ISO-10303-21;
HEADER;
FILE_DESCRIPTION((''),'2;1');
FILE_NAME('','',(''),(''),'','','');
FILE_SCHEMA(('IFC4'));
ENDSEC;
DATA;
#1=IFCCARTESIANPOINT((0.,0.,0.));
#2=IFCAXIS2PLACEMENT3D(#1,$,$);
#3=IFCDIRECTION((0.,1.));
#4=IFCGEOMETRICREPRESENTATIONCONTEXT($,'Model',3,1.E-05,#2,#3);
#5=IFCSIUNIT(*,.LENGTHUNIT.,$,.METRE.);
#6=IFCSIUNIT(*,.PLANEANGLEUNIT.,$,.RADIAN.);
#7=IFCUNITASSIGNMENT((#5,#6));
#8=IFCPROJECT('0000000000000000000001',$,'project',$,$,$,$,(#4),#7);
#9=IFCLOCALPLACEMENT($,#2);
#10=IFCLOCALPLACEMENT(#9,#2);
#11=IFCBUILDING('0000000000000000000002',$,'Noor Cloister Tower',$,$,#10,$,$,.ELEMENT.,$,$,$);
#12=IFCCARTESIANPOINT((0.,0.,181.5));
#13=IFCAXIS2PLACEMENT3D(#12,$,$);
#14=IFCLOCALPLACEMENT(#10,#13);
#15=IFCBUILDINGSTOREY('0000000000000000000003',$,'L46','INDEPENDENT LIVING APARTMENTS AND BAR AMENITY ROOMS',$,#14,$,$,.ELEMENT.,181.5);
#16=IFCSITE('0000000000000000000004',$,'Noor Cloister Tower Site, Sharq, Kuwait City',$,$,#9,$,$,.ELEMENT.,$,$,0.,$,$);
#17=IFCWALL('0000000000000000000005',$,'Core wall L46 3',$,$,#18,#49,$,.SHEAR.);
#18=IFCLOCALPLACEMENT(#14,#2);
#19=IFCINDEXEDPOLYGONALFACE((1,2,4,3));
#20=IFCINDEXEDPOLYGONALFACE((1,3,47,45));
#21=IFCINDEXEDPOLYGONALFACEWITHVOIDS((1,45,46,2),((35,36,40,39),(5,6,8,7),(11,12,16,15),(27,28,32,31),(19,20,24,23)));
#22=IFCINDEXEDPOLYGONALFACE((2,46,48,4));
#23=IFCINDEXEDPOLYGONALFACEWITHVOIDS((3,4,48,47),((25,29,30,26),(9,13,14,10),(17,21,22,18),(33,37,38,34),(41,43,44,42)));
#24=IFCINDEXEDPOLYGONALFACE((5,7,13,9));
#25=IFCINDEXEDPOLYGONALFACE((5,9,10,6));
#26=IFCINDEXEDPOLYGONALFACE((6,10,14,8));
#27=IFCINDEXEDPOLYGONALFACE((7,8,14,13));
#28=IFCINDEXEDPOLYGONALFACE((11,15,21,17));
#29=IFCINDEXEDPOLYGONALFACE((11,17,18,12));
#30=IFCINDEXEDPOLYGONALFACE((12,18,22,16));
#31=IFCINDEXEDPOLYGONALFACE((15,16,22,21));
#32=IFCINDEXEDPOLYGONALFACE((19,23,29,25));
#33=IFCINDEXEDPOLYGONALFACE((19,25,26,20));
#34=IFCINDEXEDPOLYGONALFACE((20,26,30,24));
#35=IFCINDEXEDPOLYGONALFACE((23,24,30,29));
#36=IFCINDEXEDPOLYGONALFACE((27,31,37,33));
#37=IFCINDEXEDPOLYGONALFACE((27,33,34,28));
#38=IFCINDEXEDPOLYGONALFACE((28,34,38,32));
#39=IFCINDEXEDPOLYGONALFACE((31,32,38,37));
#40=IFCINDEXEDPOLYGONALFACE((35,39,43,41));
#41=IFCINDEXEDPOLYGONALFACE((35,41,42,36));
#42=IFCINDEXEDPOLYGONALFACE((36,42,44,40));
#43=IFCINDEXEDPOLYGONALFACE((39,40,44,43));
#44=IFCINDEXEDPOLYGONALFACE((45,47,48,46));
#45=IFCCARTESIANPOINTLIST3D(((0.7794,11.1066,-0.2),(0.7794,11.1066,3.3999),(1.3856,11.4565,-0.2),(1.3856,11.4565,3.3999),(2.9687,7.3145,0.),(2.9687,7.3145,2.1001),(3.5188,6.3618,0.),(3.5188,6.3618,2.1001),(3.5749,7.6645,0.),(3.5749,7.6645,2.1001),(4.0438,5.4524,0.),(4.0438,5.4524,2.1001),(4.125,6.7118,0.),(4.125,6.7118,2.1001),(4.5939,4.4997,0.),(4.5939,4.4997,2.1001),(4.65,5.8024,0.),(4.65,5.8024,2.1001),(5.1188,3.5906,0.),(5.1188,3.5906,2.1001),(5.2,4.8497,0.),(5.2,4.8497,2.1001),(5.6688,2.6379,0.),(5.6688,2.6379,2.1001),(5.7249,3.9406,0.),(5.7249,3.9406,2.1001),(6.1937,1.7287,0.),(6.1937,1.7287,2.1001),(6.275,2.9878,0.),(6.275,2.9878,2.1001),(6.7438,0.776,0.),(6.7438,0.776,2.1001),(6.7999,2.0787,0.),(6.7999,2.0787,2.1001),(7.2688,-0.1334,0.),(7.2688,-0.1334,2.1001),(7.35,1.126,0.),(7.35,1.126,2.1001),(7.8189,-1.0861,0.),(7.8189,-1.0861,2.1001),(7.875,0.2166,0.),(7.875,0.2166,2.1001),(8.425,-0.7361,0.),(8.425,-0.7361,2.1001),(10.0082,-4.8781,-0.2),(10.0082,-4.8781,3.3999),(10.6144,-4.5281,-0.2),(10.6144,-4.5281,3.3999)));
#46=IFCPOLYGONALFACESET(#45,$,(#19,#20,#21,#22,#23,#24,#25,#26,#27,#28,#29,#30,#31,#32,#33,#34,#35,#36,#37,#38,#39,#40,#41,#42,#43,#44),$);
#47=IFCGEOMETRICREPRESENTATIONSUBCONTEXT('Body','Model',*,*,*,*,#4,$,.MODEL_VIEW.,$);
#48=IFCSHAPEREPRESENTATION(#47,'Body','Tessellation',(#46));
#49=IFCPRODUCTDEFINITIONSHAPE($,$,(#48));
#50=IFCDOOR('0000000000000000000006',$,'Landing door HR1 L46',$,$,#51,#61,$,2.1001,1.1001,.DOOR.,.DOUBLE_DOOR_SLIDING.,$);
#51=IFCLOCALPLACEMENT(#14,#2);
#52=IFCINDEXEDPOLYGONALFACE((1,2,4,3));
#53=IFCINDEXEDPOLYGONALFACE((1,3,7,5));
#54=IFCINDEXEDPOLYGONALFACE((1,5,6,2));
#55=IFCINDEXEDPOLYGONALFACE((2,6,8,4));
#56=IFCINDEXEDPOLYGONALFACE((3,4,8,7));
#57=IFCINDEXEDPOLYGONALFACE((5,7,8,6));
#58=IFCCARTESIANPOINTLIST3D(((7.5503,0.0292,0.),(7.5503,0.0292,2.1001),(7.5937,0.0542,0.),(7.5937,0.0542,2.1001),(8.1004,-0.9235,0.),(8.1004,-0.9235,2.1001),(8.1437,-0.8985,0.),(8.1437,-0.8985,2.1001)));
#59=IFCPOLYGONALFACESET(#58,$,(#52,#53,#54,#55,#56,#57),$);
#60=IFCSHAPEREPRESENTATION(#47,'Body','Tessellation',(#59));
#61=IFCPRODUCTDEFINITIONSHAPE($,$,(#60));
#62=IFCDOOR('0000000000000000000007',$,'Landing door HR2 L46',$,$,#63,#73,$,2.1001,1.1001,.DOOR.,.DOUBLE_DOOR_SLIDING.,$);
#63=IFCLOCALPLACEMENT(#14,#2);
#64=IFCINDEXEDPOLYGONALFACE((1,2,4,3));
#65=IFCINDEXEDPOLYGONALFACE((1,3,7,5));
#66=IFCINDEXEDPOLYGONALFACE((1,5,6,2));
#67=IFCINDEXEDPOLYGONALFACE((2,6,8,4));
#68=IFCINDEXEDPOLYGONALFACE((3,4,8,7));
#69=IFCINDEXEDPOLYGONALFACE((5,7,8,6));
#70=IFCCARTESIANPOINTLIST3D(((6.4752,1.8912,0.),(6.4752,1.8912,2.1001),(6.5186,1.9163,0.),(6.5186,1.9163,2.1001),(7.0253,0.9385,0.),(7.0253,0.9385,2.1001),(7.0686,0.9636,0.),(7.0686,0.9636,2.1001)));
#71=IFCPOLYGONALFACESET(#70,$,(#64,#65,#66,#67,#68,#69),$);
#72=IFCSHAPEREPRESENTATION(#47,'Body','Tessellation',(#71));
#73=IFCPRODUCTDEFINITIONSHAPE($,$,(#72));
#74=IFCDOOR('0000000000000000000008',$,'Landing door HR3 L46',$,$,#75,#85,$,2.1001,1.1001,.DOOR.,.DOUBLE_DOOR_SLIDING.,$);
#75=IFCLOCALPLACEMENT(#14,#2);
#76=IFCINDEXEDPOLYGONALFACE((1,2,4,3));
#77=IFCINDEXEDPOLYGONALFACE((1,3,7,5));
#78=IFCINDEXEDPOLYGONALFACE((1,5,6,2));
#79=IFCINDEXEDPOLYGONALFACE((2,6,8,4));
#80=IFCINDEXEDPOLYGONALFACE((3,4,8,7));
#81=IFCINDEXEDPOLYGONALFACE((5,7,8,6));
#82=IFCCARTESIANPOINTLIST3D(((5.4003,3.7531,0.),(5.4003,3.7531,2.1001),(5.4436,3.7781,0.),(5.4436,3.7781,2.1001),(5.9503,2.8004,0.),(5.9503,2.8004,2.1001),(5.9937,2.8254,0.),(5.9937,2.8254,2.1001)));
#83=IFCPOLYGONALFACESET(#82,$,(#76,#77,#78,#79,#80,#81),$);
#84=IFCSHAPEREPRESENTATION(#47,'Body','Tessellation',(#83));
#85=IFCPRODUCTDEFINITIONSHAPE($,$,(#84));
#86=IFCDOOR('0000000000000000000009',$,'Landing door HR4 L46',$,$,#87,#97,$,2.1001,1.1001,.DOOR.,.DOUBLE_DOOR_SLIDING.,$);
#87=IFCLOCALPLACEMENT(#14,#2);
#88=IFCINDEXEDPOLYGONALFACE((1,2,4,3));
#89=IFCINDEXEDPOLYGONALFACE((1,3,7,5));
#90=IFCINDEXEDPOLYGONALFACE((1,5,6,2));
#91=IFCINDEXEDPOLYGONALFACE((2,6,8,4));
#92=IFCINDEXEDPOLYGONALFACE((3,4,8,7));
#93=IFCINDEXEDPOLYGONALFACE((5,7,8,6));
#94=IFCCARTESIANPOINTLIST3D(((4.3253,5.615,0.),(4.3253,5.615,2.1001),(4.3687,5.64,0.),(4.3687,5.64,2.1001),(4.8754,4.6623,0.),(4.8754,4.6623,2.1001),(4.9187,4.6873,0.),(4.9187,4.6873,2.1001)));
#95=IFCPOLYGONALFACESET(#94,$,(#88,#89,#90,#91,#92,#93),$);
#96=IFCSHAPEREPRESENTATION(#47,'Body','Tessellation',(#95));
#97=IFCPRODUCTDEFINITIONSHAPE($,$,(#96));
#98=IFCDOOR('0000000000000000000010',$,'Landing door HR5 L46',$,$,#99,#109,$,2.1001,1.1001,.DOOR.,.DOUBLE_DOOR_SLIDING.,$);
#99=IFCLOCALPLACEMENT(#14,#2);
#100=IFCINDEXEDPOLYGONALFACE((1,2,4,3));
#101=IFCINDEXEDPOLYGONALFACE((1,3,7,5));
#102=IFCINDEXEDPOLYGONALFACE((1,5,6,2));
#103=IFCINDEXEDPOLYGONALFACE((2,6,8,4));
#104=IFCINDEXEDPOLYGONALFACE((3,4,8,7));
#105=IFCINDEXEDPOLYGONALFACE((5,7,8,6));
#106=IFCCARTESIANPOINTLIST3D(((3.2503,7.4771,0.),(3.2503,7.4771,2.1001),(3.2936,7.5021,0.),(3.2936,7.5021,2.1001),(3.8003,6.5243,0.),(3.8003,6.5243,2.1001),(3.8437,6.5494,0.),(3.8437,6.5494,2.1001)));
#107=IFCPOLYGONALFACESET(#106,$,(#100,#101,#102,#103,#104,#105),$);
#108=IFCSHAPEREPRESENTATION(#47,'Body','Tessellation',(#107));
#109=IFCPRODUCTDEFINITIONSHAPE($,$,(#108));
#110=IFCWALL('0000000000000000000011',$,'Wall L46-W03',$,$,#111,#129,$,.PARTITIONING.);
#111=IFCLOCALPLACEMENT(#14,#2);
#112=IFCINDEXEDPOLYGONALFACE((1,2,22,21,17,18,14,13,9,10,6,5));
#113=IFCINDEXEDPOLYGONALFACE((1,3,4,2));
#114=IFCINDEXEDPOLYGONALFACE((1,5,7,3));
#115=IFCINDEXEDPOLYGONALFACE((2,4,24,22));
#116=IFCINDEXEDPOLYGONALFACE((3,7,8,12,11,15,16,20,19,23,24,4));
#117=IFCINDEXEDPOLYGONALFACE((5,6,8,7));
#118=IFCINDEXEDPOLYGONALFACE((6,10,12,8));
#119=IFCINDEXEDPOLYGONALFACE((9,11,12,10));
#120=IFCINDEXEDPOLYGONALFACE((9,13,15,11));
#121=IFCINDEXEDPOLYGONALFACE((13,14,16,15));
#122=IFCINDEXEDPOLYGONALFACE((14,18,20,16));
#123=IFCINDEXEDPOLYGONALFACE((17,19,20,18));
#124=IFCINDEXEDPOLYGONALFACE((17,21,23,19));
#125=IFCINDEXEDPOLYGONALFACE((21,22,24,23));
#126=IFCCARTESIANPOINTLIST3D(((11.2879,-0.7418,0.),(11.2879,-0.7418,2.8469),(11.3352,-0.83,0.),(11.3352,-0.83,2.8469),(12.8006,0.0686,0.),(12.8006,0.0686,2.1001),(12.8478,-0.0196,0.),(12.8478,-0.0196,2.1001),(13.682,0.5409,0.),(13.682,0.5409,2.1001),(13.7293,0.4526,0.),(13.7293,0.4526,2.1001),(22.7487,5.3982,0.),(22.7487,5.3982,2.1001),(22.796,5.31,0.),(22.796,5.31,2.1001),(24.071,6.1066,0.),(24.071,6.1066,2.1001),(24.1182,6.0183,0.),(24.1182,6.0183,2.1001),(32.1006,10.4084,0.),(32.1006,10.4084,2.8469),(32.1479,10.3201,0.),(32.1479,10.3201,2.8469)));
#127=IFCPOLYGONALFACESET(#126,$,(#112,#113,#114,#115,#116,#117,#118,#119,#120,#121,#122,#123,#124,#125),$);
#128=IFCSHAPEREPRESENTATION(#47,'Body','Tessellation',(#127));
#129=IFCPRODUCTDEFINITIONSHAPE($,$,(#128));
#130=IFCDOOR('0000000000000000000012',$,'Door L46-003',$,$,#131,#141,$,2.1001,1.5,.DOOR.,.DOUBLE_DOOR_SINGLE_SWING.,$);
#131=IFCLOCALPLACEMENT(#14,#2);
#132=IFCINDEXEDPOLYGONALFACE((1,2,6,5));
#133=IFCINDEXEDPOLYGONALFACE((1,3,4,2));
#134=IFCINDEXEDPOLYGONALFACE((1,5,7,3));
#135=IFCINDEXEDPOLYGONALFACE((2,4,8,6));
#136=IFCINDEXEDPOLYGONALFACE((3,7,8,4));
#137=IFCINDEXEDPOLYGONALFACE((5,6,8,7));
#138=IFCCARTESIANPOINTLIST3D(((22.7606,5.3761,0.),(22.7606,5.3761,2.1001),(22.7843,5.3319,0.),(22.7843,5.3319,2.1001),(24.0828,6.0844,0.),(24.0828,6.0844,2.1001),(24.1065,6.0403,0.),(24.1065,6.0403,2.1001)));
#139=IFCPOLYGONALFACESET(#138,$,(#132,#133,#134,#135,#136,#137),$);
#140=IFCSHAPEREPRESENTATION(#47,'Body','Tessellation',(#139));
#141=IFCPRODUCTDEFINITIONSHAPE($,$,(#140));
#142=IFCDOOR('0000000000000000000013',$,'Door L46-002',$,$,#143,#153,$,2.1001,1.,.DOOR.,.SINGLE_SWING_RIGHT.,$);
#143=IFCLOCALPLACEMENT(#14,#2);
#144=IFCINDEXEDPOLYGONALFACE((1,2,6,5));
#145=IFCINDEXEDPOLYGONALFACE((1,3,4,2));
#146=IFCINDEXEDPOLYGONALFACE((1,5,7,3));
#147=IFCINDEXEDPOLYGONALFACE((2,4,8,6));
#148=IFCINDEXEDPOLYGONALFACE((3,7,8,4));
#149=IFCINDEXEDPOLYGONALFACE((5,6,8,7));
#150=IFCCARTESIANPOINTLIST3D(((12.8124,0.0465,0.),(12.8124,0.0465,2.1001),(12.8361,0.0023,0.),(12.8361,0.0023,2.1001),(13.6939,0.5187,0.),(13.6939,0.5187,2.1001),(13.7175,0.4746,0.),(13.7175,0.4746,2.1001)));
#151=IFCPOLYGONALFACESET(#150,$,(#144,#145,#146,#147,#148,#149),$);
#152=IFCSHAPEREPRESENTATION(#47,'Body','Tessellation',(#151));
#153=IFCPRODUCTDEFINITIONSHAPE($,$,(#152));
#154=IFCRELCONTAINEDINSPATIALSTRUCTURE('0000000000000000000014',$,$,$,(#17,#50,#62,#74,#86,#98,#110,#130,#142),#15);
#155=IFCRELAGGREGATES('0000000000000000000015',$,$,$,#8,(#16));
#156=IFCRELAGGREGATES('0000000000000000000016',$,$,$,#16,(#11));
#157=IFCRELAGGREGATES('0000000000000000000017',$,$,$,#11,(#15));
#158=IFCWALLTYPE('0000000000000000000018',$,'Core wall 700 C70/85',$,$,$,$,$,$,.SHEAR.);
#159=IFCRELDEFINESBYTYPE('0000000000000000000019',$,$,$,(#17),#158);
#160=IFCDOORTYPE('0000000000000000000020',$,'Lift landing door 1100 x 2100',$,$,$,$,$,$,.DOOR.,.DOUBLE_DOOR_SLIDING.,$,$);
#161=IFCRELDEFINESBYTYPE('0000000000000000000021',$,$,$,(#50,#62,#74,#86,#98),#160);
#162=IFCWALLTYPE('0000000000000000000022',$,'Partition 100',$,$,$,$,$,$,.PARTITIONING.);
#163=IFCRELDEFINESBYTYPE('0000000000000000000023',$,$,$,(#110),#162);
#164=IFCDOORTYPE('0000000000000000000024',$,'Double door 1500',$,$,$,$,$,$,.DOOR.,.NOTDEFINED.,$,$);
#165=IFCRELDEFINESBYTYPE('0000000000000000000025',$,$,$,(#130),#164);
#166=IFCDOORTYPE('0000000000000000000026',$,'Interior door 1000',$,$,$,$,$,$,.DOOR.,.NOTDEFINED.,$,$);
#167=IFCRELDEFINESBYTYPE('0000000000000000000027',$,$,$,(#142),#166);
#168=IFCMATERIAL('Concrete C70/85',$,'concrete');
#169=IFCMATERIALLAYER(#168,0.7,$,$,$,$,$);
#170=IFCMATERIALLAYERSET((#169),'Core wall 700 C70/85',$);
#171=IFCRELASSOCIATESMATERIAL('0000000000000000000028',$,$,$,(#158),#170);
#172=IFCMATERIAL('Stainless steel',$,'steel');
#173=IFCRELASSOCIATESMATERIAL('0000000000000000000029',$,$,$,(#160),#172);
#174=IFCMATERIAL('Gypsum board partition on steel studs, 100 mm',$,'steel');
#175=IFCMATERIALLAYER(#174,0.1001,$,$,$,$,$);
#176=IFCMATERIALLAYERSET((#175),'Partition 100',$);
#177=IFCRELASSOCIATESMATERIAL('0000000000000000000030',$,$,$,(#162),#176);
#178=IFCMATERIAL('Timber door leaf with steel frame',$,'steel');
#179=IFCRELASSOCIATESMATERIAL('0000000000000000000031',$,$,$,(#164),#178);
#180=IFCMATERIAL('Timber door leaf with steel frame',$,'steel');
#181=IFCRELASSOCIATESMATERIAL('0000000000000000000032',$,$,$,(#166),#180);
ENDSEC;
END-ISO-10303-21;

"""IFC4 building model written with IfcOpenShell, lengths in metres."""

from ifc_helpers import new_model, si_unit, direction, frame, frame_2d, origin, place, context, subcontext, project, spatial, rectangle, extrude, material, layer, layer_set, type_object, element, fill, save


model = new_model("IFC4")

# Units and contexts
model_context = context("Model", 3, precision=1e-05, world=origin(), true_north=direction((0.0, 1.0)))
body_context = subcontext(model_context, "Body", "Model", "MODEL_VIEW")
ifc_project = project(units=[si_unit("LENGTHUNIT", "METRE"), si_unit("PLANEANGLEUNIT", "RADIAN")], contexts=[model_context])

# Site, building, storey
site_placement = place(None, origin())
site = spatial("IfcSite", under=ifc_project, at=site_placement, Name="Noor Cloister Tower Site, Sharq, Kuwait City", CompositionType="ELEMENT", RefElevation=0.0)
building_placement = place(site_placement, origin())
building = spatial("IfcBuilding", under=site, at=building_placement, Name="Noor Cloister Tower", CompositionType="ELEMENT")
storey_placement = place(building_placement, frame((0.0, 0.0, 181.5)))
storey = spatial("IfcBuildingStorey", under=building, at=storey_placement, Name="L46", Description="INDEPENDENT LIVING APARTMENTS AND BAR AMENITY ROOMS", CompositionType="ELEMENT", Elevation=181.5)

# Walls, openings, doors
ifc_material_1 = material(Name="Concrete C70/85", Category="concrete")
ifc_layer_1 = layer(ifc_material_1, 0.7)
ifc_layer_set_1 = layer_set([ifc_layer_1], Name="Core wall 700 C70/85")
wall_type_1 = type_object("IfcWallType", Name="Core wall 700 C70/85", PredefinedType="SHEAR", material=ifc_layer_set_1)
wall_1_placement = place(storey_placement, frame((10.3113, -4.7031, -0.2), z_axis=(0.0, 0.0, 1.0), x_axis=(-0.500001, 0.866025, 0.0)))
wall_1 = element("IfcWall", 1, at=wall_1_placement, inside=storey, type_object=wall_type_1, Name="Core wall L46 3", PredefinedType="SHEAR", context=body_context, shape_type="SweptSolid", body=[
    extrude(rectangle(XDim=18.4575, YDim=0.7, at=frame_2d((9.2288, 0.0))), origin(), (0.0, 0.0, 1.0), 3.5999),
])
opening_1_placement = place(wall_1_placement, frame((4.3787, 0.0, 0.2)))
opening_1 = element("IfcOpeningElement", 2, at=opening_1_placement, cuts=wall_1, PredefinedType="OPENING", context=body_context, shape_type="SweptSolid", body=[
    extrude(rectangle(XDim=1.1001, YDim=2.1001, at=frame_2d((0.55, 1.05))), frame((0.0, 0.3599, 0.0), z_axis=(0.0, -1.0, 0.0), x_axis=(1.0, 0.0, 0.0)), (0.0, 0.0, 1.0), 0.72),
])
opening_2_placement = place(wall_1_placement, frame((6.5288, 0.0, 0.2)))
opening_2 = element("IfcOpeningElement", 3, at=opening_2_placement, cuts=wall_1, PredefinedType="OPENING", context=body_context, shape_type="SweptSolid", body=[
    extrude(rectangle(XDim=1.1001, YDim=2.1001, at=frame_2d((0.55, 1.05))), frame((0.0, 0.3599, 0.0), z_axis=(0.0, -1.0, 0.0), x_axis=(1.0, 0.0, 0.0)), (0.0, 0.0, 1.0), 0.72),
])
opening_3_placement = place(wall_1_placement, frame((8.6787, 0.0, 0.2)))
opening_3 = element("IfcOpeningElement", 4, at=opening_3_placement, cuts=wall_1, PredefinedType="OPENING", context=body_context, shape_type="SweptSolid", body=[
    extrude(rectangle(XDim=1.1001, YDim=2.1001, at=frame_2d((0.55, 1.05))), frame((0.0, 0.3599, 0.0), z_axis=(0.0, -1.0, 0.0), x_axis=(1.0, 0.0, 0.0)), (0.0, 0.0, 1.0), 0.72),
])
opening_4_placement = place(wall_1_placement, frame((10.8286, 0.0, 0.2)))
opening_4 = element("IfcOpeningElement", 5, at=opening_4_placement, cuts=wall_1, PredefinedType="OPENING", context=body_context, shape_type="SweptSolid", body=[
    extrude(rectangle(XDim=1.1001, YDim=2.1001, at=frame_2d((0.55, 1.05))), frame((0.0, 0.3599, 0.0), z_axis=(0.0, -1.0, 0.0), x_axis=(1.0, 0.0, 0.0)), (0.0, 0.0, 1.0), 0.72),
])
opening_5_placement = place(wall_1_placement, frame((12.9788, 0.0, 0.2)))
opening_5 = element("IfcOpeningElement", 6, at=opening_5_placement, cuts=wall_1, PredefinedType="OPENING", context=body_context, shape_type="SweptSolid", body=[
    extrude(rectangle(XDim=1.1001, YDim=2.1001, at=frame_2d((0.55, 1.05))), frame((0.0, 0.3599, 0.0), z_axis=(0.0, -1.0, 0.0), x_axis=(1.0, 0.0, 0.0)), (0.0, 0.0, 1.0), 0.72),
])
ifc_material_2 = material(Name="Stainless steel", Category="steel")
door_type_1 = type_object("IfcDoorType", Name="Lift landing door 1100 x 2100", OperationType="DOUBLE_DOOR_SLIDING", PredefinedType="DOOR", material=ifc_material_2)
door_1_placement = place(opening_1_placement, origin())
door_1 = element("IfcDoor", 7, at=door_1_placement, inside=storey, type_object=door_type_1, Name="Landing door HR1 L46", OperationType="DOUBLE_DOOR_SLIDING", OverallHeight=2.1001, OverallWidth=1.1001, PredefinedType="DOOR", context=body_context, shape_type="SweptSolid", body=[
    extrude(rectangle(XDim=1.1001, YDim=2.1001, at=frame_2d((0.55, 1.05))), frame((0.0, 0.0249, 0.0), z_axis=(0.0, -1.0, 0.0), x_axis=(1.0, 0.0, 0.0)), (0.0, 0.0, 1.0), 0.05),
])
fill(opening_1, door_1)
door_2_placement = place(opening_2_placement, origin())
door_2 = element("IfcDoor", 8, at=door_2_placement, inside=storey, type_object=door_type_1, Name="Landing door HR2 L46", OperationType="DOUBLE_DOOR_SLIDING", OverallHeight=2.1001, OverallWidth=1.1001, PredefinedType="DOOR", context=body_context, shape_type="SweptSolid", body=[
    extrude(rectangle(XDim=1.1001, YDim=2.1001, at=frame_2d((0.55, 1.05))), frame((0.0, 0.0249, 0.0), z_axis=(0.0, -1.0, 0.0), x_axis=(1.0, 0.0, 0.0)), (0.0, 0.0, 1.0), 0.05),
])
fill(opening_2, door_2)
door_3_placement = place(opening_3_placement, origin())
door_3 = element("IfcDoor", 9, at=door_3_placement, inside=storey, type_object=door_type_1, Name="Landing door HR3 L46", OperationType="DOUBLE_DOOR_SLIDING", OverallHeight=2.1001, OverallWidth=1.1001, PredefinedType="DOOR", context=body_context, shape_type="SweptSolid", body=[
    extrude(rectangle(XDim=1.1001, YDim=2.1001, at=frame_2d((0.55, 1.05))), frame((0.0, 0.0249, 0.0), z_axis=(0.0, -1.0, 0.0), x_axis=(1.0, 0.0, 0.0)), (0.0, 0.0, 1.0), 0.05),
])
fill(opening_3, door_3)
door_4_placement = place(opening_4_placement, origin())
door_4 = element("IfcDoor", 10, at=door_4_placement, inside=storey, type_object=door_type_1, Name="Landing door HR4 L46", OperationType="DOUBLE_DOOR_SLIDING", OverallHeight=2.1001, OverallWidth=1.1001, PredefinedType="DOOR", context=body_context, shape_type="SweptSolid", body=[
    extrude(rectangle(XDim=1.1001, YDim=2.1001, at=frame_2d((0.55, 1.05))), frame((0.0, 0.0249, 0.0), z_axis=(0.0, -1.0, 0.0), x_axis=(1.0, 0.0, 0.0)), (0.0, 0.0, 1.0), 0.05),
])
fill(opening_4, door_4)
door_5_placement = place(opening_5_placement, origin())
door_5 = element("IfcDoor", 11, at=door_5_placement, inside=storey, type_object=door_type_1, Name="Landing door HR5 L46", OperationType="DOUBLE_DOOR_SLIDING", OverallHeight=2.1001, OverallWidth=1.1001, PredefinedType="DOOR", context=body_context, shape_type="SweptSolid", body=[
    extrude(rectangle(XDim=1.1001, YDim=2.1001, at=frame_2d((0.55, 1.05))), frame((0.0, 0.0249, 0.0), z_axis=(0.0, -1.0, 0.0), x_axis=(1.0, 0.0, 0.0)), (0.0, 0.0, 1.0), 0.05),
])
fill(opening_5, door_5)
ifc_material_3 = material(Name="Gypsum board partition on steel studs, 100 mm", Category="steel")
ifc_layer_2 = layer(ifc_material_3, 0.1001)
ifc_layer_set_2 = layer_set([ifc_layer_2], Name="Partition 100")
wall_type_2 = type_object("IfcWallType", Name="Partition 100", PredefinedType="PARTITIONING", material=ifc_layer_set_2)
wall_2_placement = place(storey_placement, frame((11.3115, -0.7859, 0.0), z_axis=(0.0, 0.0, 1.0), x_axis=(0.881472, 0.472237, 0.0)))
wall_2 = element("IfcWall", 12, at=wall_2_placement, inside=storey, type_object=wall_type_2, Name="Wall L46-W03", PredefinedType="PARTITIONING", context=body_context, shape_type="SweptSolid", body=[
    extrude(rectangle(XDim=23.6113, YDim=0.1001, at=frame_2d((11.8057, 0.0))), origin(), (0.0, 0.0, 1.0), 2.8469),
])
opening_6_placement = place(wall_2_placement, frame((1.7161, 0.0, 0.0)))
opening_6 = element("IfcOpeningElement", 13, at=opening_6_placement, cuts=wall_2, PredefinedType="OPENING", context=body_context, shape_type="SweptSolid", body=[
    extrude(rectangle(XDim=1.0, YDim=2.1001, at=frame_2d((0.5, 1.05))), frame((0.0, 0.0601, 0.0), z_axis=(0.0, -1.0, 0.0), x_axis=(1.0, 0.0, 0.0)), (0.0, 0.0, 1.0), 0.1201),
])
opening_7_placement = place(wall_2_placement, frame((13.002, 0.0, 0.0)))
opening_7 = element("IfcOpeningElement", 14, at=opening_7_placement, cuts=wall_2, PredefinedType="OPENING", context=body_context, shape_type="SweptSolid", body=[
    extrude(rectangle(XDim=1.5, YDim=2.1001, at=frame_2d((0.75, 1.05))), frame((0.0, 0.0601, 0.0), z_axis=(0.0, -1.0, 0.0), x_axis=(1.0, 0.0, 0.0)), (0.0, 0.0, 1.0), 0.1201),
])
ifc_material_4 = material(Name="Timber door leaf with steel frame", Category="steel")
door_type_2 = type_object("IfcDoorType", Name="Double door 1500", OperationType="NOTDEFINED", PredefinedType="DOOR", material=ifc_material_4)
door_6_placement = place(opening_7_placement, origin())
door_6 = element("IfcDoor", 15, at=door_6_placement, inside=storey, type_object=door_type_2, Name="Door L46-003", OperationType="DOUBLE_DOOR_SINGLE_SWING", OverallHeight=2.1001, OverallWidth=1.5, PredefinedType="DOOR", context=body_context, shape_type="SweptSolid", body=[
    extrude(rectangle(XDim=1.5, YDim=2.1001, at=frame_2d((0.75, 1.05))), frame((0.0, 0.0249, 0.0), z_axis=(0.0, -1.0, 0.0), x_axis=(1.0, 0.0, 0.0)), (0.0, 0.0, 1.0), 0.05),
])
fill(opening_7, door_6)
ifc_material_5 = material(Name="Timber door leaf with steel frame", Category="steel")
door_type_3 = type_object("IfcDoorType", Name="Interior door 1000", OperationType="NOTDEFINED", PredefinedType="DOOR", material=ifc_material_5)
door_7_placement = place(opening_6_placement, origin())
door_7 = element("IfcDoor", 16, at=door_7_placement, inside=storey, type_object=door_type_3, Name="Door L46-002", OperationType="SINGLE_SWING_RIGHT", OverallHeight=2.1001, OverallWidth=1.0, PredefinedType="DOOR", context=body_context, shape_type="SweptSolid", body=[
    extrude(rectangle(XDim=1.0, YDim=2.1001, at=frame_2d((0.5, 1.05))), frame((0.0, 0.0249, 0.0), z_axis=(0.0, -1.0, 0.0), x_axis=(1.0, 0.0, 0.0)), (0.0, 0.0, 1.0), 0.05),
])
fill(opening_6, door_7)

save(model, "model.ifc")
